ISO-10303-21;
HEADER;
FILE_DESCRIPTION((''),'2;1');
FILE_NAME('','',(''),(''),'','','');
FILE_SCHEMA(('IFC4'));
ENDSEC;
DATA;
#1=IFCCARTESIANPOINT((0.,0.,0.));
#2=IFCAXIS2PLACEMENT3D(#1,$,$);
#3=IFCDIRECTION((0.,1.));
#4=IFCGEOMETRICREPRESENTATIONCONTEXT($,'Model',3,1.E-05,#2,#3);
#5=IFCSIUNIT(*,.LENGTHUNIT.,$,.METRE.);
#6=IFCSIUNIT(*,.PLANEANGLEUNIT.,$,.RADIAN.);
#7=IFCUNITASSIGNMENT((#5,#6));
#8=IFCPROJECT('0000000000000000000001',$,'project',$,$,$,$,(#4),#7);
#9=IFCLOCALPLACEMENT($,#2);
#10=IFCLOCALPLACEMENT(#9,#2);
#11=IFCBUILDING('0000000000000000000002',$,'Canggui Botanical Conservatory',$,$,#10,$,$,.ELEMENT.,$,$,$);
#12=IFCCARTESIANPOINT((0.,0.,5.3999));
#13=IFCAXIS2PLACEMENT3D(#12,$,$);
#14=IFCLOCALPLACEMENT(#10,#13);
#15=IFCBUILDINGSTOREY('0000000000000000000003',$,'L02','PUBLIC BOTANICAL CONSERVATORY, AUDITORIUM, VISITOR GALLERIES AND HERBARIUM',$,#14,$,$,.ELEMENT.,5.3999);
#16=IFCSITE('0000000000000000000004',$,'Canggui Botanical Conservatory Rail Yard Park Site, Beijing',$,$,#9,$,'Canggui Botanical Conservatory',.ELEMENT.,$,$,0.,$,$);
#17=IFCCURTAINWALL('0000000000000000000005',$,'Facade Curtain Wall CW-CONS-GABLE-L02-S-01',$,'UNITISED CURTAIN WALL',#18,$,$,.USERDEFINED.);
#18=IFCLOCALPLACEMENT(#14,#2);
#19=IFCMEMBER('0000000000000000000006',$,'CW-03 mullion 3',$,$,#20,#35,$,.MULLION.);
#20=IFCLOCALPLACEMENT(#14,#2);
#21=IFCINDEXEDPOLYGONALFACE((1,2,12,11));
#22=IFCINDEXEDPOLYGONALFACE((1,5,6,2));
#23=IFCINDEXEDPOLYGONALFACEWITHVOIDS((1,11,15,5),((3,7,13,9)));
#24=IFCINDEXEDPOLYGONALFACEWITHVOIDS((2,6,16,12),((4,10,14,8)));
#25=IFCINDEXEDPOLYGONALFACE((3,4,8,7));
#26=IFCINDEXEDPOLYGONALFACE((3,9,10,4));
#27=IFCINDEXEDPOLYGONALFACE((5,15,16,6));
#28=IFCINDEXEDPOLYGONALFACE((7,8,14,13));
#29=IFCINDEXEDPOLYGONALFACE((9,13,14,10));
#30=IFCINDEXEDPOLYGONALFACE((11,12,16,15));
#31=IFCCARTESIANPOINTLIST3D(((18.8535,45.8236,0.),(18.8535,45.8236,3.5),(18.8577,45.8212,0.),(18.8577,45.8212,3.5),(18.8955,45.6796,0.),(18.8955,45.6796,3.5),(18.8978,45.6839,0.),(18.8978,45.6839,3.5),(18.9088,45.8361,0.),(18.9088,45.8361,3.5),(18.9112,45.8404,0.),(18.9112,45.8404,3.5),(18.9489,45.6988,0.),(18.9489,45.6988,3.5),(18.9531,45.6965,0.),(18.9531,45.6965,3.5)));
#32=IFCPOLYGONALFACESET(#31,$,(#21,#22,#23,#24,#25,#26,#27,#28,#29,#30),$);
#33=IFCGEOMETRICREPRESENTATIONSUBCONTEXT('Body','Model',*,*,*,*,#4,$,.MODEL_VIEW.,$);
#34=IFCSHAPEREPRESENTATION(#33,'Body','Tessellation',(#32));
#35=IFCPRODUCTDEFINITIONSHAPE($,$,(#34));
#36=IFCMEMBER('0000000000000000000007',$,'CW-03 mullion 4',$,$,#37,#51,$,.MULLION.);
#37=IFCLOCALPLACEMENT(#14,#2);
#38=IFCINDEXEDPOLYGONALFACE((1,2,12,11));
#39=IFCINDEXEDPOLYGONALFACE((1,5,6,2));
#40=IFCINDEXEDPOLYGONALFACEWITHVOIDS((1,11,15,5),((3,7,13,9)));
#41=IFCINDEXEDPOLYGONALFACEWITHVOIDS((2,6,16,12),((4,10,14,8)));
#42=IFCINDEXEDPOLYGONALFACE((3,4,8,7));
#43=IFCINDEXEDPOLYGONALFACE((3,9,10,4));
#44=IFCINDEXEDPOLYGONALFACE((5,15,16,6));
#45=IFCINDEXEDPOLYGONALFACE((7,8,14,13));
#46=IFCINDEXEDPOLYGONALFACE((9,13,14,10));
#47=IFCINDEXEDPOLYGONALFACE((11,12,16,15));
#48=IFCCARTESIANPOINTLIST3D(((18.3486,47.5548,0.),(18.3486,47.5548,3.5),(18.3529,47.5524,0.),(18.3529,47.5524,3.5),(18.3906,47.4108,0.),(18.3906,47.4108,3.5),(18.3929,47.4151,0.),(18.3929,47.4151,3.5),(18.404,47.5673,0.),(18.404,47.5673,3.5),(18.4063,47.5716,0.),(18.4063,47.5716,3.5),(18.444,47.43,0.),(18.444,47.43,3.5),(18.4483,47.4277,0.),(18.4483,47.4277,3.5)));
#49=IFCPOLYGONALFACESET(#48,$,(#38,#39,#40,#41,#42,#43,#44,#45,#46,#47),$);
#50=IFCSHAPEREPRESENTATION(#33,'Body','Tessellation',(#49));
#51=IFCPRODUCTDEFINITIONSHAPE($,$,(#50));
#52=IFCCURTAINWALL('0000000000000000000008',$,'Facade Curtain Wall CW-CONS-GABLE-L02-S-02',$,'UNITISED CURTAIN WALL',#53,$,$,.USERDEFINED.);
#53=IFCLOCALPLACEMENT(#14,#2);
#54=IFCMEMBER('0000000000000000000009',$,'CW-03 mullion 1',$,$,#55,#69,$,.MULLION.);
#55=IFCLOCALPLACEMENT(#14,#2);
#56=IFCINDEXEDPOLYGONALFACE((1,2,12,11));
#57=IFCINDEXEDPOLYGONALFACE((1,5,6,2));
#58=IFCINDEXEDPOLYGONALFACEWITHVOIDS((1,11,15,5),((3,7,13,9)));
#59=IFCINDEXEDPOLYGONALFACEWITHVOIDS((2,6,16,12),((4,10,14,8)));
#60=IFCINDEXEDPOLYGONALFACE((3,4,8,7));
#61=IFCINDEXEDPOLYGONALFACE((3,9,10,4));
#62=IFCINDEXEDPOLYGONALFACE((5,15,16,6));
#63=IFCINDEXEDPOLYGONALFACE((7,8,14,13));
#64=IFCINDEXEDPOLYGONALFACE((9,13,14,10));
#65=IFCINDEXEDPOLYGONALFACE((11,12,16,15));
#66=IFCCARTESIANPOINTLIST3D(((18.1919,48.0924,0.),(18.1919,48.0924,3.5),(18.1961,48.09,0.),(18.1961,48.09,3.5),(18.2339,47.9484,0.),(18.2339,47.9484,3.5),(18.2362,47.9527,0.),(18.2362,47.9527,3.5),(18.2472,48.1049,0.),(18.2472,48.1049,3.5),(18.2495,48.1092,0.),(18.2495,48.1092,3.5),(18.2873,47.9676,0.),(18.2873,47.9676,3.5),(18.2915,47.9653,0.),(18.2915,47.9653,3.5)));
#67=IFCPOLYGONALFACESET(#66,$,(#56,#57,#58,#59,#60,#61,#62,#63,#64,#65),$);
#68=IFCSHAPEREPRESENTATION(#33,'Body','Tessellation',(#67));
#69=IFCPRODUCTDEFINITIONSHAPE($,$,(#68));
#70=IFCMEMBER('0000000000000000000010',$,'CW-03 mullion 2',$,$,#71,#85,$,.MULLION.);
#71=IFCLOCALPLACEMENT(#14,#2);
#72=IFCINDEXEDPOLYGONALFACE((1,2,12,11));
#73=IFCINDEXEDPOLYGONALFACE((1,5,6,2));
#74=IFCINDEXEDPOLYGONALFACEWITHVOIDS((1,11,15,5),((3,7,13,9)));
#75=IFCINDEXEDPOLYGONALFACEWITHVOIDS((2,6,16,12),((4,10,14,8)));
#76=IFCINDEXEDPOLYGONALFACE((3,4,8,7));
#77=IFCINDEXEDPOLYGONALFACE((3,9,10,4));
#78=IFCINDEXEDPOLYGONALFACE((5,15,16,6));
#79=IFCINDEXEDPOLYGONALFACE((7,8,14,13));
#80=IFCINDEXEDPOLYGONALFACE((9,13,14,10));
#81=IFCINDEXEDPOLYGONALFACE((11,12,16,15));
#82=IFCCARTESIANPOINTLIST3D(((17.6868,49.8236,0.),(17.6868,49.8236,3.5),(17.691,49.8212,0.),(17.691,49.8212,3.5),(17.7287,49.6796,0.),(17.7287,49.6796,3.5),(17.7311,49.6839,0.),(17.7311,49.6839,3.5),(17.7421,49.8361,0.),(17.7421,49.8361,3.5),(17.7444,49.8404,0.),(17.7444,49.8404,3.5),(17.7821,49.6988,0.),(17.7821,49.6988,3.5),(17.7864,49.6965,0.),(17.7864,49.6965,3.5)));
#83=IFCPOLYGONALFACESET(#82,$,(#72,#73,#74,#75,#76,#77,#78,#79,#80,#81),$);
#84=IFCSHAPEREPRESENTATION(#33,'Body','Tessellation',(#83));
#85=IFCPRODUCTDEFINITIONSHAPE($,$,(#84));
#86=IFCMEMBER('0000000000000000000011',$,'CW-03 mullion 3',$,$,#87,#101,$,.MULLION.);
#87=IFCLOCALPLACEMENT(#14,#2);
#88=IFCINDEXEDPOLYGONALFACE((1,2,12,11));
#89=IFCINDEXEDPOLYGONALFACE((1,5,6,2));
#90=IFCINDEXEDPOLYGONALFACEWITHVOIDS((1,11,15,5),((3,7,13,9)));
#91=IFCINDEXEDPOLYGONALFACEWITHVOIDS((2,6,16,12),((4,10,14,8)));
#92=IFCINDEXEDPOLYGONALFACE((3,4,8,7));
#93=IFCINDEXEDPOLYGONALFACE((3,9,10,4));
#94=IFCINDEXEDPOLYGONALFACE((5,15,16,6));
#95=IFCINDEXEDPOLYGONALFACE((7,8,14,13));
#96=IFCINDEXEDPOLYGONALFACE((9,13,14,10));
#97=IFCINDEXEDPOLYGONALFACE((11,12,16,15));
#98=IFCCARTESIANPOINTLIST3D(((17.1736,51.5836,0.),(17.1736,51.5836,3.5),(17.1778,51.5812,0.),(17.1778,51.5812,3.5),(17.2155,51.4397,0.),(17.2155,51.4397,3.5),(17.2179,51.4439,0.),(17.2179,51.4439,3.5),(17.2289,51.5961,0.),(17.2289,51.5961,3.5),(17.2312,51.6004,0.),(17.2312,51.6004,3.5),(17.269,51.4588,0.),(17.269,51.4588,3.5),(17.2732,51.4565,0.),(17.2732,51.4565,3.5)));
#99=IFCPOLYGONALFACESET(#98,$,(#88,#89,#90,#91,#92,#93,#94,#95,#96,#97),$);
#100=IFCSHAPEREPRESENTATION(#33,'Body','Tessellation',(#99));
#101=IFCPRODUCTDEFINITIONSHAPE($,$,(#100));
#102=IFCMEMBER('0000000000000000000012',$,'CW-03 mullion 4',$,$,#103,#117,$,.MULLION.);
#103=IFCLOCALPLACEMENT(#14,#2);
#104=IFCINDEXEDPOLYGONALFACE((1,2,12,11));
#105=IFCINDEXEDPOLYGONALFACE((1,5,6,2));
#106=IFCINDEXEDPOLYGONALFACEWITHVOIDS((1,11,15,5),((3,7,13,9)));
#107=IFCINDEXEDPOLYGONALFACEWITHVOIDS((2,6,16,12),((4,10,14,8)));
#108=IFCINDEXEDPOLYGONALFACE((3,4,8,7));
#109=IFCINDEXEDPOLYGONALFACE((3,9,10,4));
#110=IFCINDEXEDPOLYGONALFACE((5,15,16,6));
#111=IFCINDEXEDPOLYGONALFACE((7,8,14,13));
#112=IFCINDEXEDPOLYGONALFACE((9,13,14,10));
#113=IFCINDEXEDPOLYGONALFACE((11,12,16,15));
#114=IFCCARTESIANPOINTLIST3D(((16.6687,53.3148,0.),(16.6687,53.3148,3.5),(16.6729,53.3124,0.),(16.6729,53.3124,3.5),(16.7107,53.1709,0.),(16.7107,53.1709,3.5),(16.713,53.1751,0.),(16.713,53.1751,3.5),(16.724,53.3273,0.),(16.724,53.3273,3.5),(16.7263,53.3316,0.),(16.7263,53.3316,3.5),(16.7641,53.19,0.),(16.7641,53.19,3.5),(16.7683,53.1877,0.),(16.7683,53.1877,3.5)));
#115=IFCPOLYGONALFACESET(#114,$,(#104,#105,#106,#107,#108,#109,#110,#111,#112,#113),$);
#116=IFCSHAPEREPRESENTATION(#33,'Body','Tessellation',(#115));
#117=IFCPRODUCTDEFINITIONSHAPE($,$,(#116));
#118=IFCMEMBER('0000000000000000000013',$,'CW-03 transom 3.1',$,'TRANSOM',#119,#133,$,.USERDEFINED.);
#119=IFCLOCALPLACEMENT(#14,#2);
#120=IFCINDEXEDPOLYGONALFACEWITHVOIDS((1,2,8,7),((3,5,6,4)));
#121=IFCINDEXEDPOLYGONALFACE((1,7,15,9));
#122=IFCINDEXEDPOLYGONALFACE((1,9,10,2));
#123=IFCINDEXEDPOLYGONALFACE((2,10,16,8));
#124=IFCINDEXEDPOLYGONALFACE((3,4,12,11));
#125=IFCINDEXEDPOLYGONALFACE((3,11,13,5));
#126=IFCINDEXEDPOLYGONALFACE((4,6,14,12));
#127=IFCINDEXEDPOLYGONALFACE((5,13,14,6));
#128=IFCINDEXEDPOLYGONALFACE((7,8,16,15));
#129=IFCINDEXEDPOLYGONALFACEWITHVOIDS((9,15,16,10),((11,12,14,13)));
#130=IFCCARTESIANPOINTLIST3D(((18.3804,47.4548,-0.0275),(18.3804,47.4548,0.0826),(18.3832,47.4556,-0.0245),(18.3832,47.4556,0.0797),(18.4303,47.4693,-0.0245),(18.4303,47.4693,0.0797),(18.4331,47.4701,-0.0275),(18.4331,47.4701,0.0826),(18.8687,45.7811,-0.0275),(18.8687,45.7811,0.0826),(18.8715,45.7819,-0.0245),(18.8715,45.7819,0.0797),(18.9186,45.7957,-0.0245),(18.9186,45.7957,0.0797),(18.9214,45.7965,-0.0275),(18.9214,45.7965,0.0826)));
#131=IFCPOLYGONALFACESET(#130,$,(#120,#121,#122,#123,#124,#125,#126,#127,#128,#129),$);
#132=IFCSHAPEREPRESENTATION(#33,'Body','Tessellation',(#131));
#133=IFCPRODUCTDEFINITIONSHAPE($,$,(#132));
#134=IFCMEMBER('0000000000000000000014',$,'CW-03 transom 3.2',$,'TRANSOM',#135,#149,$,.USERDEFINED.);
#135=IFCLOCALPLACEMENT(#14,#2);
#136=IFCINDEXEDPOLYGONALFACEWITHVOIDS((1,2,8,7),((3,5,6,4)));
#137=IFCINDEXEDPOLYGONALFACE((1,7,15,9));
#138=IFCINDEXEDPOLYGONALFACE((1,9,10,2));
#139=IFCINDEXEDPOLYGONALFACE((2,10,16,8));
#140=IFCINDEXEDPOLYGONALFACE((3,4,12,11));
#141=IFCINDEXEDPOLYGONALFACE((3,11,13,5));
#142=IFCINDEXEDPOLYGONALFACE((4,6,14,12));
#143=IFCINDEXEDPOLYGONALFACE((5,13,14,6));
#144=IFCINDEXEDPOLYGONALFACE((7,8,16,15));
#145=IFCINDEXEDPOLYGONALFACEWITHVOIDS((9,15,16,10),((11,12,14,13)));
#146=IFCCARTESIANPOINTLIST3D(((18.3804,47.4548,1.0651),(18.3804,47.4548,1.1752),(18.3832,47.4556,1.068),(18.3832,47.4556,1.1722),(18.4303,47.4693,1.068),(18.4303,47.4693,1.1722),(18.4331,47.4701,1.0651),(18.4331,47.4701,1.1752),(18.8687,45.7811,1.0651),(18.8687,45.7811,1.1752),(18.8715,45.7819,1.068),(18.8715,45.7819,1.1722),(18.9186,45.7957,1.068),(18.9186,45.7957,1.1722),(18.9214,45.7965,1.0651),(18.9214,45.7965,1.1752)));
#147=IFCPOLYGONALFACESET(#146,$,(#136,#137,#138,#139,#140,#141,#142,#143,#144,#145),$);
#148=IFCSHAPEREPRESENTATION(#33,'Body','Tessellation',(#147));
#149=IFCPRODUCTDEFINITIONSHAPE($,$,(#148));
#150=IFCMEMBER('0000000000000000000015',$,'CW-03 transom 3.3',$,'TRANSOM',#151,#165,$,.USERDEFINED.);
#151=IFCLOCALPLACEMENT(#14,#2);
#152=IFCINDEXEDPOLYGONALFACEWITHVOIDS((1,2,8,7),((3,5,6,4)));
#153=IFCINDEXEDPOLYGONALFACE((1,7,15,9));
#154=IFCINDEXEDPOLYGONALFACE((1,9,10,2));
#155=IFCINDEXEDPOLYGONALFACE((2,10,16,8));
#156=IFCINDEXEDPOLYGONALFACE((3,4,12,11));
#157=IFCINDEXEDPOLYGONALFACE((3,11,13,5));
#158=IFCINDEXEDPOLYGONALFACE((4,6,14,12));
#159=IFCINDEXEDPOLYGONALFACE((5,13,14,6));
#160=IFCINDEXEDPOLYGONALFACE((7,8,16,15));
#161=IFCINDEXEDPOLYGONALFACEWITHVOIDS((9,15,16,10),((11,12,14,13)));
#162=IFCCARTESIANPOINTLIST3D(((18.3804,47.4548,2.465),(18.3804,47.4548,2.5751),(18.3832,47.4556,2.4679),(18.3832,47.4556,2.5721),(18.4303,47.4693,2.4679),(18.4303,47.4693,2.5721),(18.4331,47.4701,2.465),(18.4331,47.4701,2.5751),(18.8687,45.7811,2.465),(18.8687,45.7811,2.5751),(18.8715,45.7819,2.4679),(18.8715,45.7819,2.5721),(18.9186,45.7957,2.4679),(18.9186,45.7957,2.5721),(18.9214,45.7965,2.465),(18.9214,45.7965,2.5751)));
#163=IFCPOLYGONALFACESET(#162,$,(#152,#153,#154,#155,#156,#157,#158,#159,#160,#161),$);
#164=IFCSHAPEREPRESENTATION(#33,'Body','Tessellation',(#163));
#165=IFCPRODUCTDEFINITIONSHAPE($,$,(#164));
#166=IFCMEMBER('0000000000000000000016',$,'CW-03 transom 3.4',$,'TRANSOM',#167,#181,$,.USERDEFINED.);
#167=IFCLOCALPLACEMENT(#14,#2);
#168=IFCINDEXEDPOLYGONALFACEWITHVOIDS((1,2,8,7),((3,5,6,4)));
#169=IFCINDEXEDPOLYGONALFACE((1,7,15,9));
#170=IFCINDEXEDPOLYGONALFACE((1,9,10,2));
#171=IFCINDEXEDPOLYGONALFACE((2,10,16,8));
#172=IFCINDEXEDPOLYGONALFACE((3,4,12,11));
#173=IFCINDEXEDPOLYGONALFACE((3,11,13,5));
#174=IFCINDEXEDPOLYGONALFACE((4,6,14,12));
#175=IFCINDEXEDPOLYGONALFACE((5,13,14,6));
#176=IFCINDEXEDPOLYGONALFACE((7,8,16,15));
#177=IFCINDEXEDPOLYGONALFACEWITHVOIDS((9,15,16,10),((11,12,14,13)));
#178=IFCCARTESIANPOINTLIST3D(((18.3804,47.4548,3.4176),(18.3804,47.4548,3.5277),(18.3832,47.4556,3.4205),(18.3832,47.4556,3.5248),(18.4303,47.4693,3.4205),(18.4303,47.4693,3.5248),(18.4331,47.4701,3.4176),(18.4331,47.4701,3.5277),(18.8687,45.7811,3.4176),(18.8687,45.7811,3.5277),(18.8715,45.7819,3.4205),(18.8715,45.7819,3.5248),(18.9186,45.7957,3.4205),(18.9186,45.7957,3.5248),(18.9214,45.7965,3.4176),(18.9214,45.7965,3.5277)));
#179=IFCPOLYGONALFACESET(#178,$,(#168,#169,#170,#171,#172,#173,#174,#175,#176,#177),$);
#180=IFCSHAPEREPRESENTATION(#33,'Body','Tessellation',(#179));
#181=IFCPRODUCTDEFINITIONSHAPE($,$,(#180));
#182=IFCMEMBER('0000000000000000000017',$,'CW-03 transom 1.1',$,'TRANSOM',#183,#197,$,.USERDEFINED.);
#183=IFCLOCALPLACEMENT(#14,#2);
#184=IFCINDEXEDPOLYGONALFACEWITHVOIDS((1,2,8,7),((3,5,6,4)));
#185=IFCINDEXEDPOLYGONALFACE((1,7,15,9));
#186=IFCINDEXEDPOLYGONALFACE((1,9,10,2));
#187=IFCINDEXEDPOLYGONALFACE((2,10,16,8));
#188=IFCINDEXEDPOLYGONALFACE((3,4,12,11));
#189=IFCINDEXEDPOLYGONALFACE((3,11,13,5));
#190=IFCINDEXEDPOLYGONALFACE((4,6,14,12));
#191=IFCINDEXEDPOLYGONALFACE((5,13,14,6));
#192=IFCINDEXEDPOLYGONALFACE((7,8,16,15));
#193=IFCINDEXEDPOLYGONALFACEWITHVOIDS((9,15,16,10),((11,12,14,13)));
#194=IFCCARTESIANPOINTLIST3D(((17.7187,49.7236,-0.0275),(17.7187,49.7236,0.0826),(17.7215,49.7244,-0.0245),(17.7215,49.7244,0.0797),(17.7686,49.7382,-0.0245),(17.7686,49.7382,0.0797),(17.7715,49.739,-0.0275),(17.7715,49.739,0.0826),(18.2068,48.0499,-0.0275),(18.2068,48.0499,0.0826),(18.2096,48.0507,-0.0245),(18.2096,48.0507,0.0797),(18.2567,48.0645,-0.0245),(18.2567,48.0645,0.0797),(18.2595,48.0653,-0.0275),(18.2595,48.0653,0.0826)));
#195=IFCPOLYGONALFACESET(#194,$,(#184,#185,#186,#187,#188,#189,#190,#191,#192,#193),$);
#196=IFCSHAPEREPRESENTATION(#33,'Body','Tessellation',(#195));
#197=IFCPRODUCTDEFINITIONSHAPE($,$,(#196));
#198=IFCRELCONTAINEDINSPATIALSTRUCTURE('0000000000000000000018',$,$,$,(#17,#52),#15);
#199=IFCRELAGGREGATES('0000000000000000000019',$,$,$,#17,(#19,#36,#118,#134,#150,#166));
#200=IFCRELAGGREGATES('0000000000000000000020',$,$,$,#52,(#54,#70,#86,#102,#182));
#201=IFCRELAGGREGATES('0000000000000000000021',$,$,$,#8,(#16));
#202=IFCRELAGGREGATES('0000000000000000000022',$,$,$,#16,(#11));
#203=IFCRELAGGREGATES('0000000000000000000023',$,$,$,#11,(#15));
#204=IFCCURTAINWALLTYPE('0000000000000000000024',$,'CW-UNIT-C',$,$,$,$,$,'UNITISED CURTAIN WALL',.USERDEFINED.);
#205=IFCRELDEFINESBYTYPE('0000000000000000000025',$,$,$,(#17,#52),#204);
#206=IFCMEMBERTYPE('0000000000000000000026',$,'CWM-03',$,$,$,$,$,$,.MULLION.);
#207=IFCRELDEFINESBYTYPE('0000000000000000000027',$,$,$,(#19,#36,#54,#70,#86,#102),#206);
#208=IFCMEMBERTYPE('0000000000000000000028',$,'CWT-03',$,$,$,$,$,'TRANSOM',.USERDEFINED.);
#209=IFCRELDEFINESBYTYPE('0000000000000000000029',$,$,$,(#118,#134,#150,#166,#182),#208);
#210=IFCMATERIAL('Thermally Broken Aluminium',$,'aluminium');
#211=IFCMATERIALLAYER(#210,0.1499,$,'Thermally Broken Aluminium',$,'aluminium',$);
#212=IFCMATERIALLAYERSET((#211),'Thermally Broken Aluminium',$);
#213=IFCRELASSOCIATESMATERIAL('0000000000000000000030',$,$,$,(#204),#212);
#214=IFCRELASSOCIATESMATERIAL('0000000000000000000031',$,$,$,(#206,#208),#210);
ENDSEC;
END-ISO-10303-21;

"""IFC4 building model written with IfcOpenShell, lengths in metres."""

from ifc_helpers import new_model, si_unit, direction, frame, origin, origin_2d, place, context, subcontext, project, spatial, hollow_rectangle, extrude, material, layer, layer_set, material_profile, profile_set, type_object, element, aggregate, save


model = new_model("IFC4")

# Units and contexts
model_context = context("Model", 3, precision=1e-05, world=origin(), true_north=direction((0.0, 1.0)))
body_context = subcontext(model_context, "Body", "Model", "MODEL_VIEW")
ifc_project = project(units=[si_unit("LENGTHUNIT", "METRE"), si_unit("PLANEANGLEUNIT", "RADIAN")], contexts=[model_context])

# Site, building, storey
site_placement = place(None, origin())
site = spatial("IfcSite", under=ifc_project, at=site_placement, Name="Canggui Botanical Conservatory Rail Yard Park Site, Beijing", LongName="Canggui Botanical Conservatory", CompositionType="ELEMENT", RefElevation=0.0)
building_placement = place(site_placement, origin())
building = spatial("IfcBuilding", under=site, at=building_placement, Name="Canggui Botanical Conservatory", CompositionType="ELEMENT")
storey_placement = place(building_placement, frame((0.0, 0.0, 5.3999)))
storey = spatial("IfcBuildingStorey", under=building, at=storey_placement, Name="L02", Description="PUBLIC BOTANICAL CONSERVATORY, AUDITORIUM, VISITOR GALLERIES AND HERBARIUM", CompositionType="ELEMENT", Elevation=5.3999)

# Curtain walls, members
ifc_material_1 = material(Name="Thermally Broken Aluminium", Category="aluminium")
ifc_layer_1 = layer(ifc_material_1, 0.1499, Name="Thermally Broken Aluminium", Category="aluminium")
ifc_layer_set_1 = layer_set([ifc_layer_1], Name="Thermally Broken Aluminium")
curtain_wall_type = type_object("IfcCurtainWallType", Name="CW-UNIT-C", ElementType="UNITISED CURTAIN WALL", PredefinedType="USERDEFINED", material=ifc_layer_set_1)
curtain_wall_1_placement = place(storey_placement, origin())
curtain_wall_1 = element("IfcCurtainWall", 1, at=curtain_wall_1_placement, inside=storey, type_object=curtain_wall_type, Name="Facade Curtain Wall CW-CONS-GABLE-L02-S-01", ObjectType="UNITISED CURTAIN WALL", PredefinedType="USERDEFINED")
ifc_material_profile_1 = material_profile(ifc_material_1, hollow_rectangle(XDim=0.0601, YDim=0.1499, WallThickness=0.0034, at=origin_2d()), Name="CWM 60x150x3.5")
ifc_profile_set_1 = profile_set([ifc_material_profile_1], Name="Thermally Broken Aluminium")
member_type_1 = type_object("IfcMemberType", Name="CWM-03", PredefinedType="MULLION", material=ifc_profile_set_1)
member_1_placement = place(storey_placement, frame((18.9033, 45.76, 0.0), z_axis=(0.0, 0.0, 1.0), x_axis=(-0.96, -0.28, 0.0)))
member_1 = element("IfcMember", 2, at=member_1_placement, type_object=member_type_1, Name="CW-03 mullion 3", PredefinedType="MULLION", context=body_context, shape_type="SweptSolid", body=[
    extrude(hollow_rectangle(XDim=0.0601, YDim=0.1499, WallThickness=0.0034, at=origin_2d()), origin(), (0.0, 0.0, 1.0), 3.5),
])
member_2_placement = place(storey_placement, frame((18.3984, 47.4912, 0.0), z_axis=(0.0, 0.0, 1.0), x_axis=(-0.96, -0.28, 0.0)))
member_2 = element("IfcMember", 3, at=member_2_placement, type_object=member_type_1, Name="CW-03 mullion 4", PredefinedType="MULLION", context=body_context, shape_type="SweptSolid", body=[
    extrude(hollow_rectangle(XDim=0.0601, YDim=0.1499, WallThickness=0.0034, at=origin_2d()), origin(), (0.0, 0.0, 1.0), 3.5),
])
curtain_wall_2_placement = place(storey_placement, origin())
curtain_wall_2 = element("IfcCurtainWall", 4, at=curtain_wall_2_placement, inside=storey, type_object=curtain_wall_type, Name="Facade Curtain Wall CW-CONS-GABLE-L02-S-02", ObjectType="UNITISED CURTAIN WALL", PredefinedType="USERDEFINED")
member_3_placement = place(storey_placement, frame((18.2417, 48.0288, 0.0), z_axis=(0.0, 0.0, 1.0), x_axis=(-0.96, -0.28, 0.0)))
member_3 = element("IfcMember", 5, at=member_3_placement, type_object=member_type_1, Name="CW-03 mullion 1", PredefinedType="MULLION", context=body_context, shape_type="SweptSolid", body=[
    extrude(hollow_rectangle(XDim=0.0601, YDim=0.1499, WallThickness=0.0034, at=origin_2d()), origin(), (0.0, 0.0, 1.0), 3.5),
])
member_4_placement = place(storey_placement, frame((17.7366, 49.76, 0.0), z_axis=(0.0, 0.0, 1.0), x_axis=(-0.96, -0.28, 0.0)))
member_4 = element("IfcMember", 6, at=member_4_placement, type_object=member_type_1, Name="CW-03 mullion 2", PredefinedType="MULLION", context=body_context, shape_type="SweptSolid", body=[
    extrude(hollow_rectangle(XDim=0.0601, YDim=0.1499, WallThickness=0.0034, at=origin_2d()), origin(), (0.0, 0.0, 1.0), 3.5),
])
member_5_placement = place(storey_placement, frame((17.2234, 51.52, 0.0), z_axis=(0.0, 0.0, 1.0), x_axis=(-0.96, -0.28, 0.0)))
member_5 = element("IfcMember", 7, at=member_5_placement, type_object=member_type_1, Name="CW-03 mullion 3", PredefinedType="MULLION", context=body_context, shape_type="SweptSolid", body=[
    extrude(hollow_rectangle(XDim=0.0601, YDim=0.1499, WallThickness=0.0034, at=origin_2d()), origin(), (0.0, 0.0, 1.0), 3.5),
])
member_6_placement = place(storey_placement, frame((16.7185, 53.2512, 0.0), z_axis=(0.0, 0.0, 1.0), x_axis=(-0.96, -0.28, 0.0)))
member_6 = element("IfcMember", 8, at=member_6_placement, type_object=member_type_1, Name="CW-03 mullion 4", PredefinedType="MULLION", context=body_context, shape_type="SweptSolid", body=[
    extrude(hollow_rectangle(XDim=0.0601, YDim=0.1499, WallThickness=0.0034, at=origin_2d()), origin(), (0.0, 0.0, 1.0), 3.5),
])

# Members
ifc_material_profile_2 = material_profile(ifc_material_1, hollow_rectangle(XDim=0.0549, YDim=0.1101, WallThickness=0.0029, at=origin_2d()), Name="CWT 55x110x3")
ifc_profile_set_2 = profile_set([ifc_material_profile_2], Name="Thermally Broken Aluminium")
member_type_2 = type_object("IfcMemberType", Name="CWT-03", ElementType="TRANSOM", PredefinedType="USERDEFINED", material=ifc_profile_set_2)
member_7_placement = place(storey_placement, frame((18.895, 45.7888, 0.0276), z_axis=(-0.280081, 0.959976, 0.0), x_axis=(-0.959976, -0.280081, 0.0)))
member_7 = element("IfcMember", 9, at=member_7_placement, type_object=member_type_2, Name="CW-03 transom 3.1", ObjectType="TRANSOM", PredefinedType="USERDEFINED", context=body_context, shape_type="SweptSolid", body=[
    extrude(hollow_rectangle(XDim=0.0549, YDim=0.1101, WallThickness=0.0029, at=origin_2d()), origin(), (0.0, 0.0, 1.0), 1.7434),
])
member_8_placement = place(storey_placement, frame((18.895, 45.7888, 1.1201), z_axis=(-0.280081, 0.959976, 0.0), x_axis=(-0.959976, -0.280081, 0.0)))
member_8 = element("IfcMember", 10, at=member_8_placement, type_object=member_type_2, Name="CW-03 transom 3.2", ObjectType="TRANSOM", PredefinedType="USERDEFINED", context=body_context, shape_type="SweptSolid", body=[
    extrude(hollow_rectangle(XDim=0.0549, YDim=0.1101, WallThickness=0.0029, at=origin_2d()), origin(), (0.0, 0.0, 1.0), 1.7434),
])
member_9_placement = place(storey_placement, frame((18.895, 45.7888, 2.52), z_axis=(-0.280081, 0.959976, 0.0), x_axis=(-0.959976, -0.280081, 0.0)))
member_9 = element("IfcMember", 11, at=member_9_placement, type_object=member_type_2, Name="CW-03 transom 3.3", ObjectType="TRANSOM", PredefinedType="USERDEFINED", context=body_context, shape_type="SweptSolid", body=[
    extrude(hollow_rectangle(XDim=0.0549, YDim=0.1101, WallThickness=0.0029, at=origin_2d()), origin(), (0.0, 0.0, 1.0), 1.7434),
])
member_10_placement = place(storey_placement, frame((18.895, 45.7888, 3.4727), z_axis=(-0.280081, 0.959976, 0.0), x_axis=(-0.959976, -0.280081, 0.0)))
member_10 = element("IfcMember", 12, at=member_10_placement, type_object=member_type_2, Name="CW-03 transom 3.4", ObjectType="TRANSOM", PredefinedType="USERDEFINED", context=body_context, shape_type="SweptSolid", body=[
    extrude(hollow_rectangle(XDim=0.0549, YDim=0.1101, WallThickness=0.0029, at=origin_2d()), origin(), (0.0, 0.0, 1.0), 1.7434),
])
member_11_placement = place(storey_placement, frame((18.2332, 48.0576, 0.0276), z_axis=(-0.279952, 0.960014, 0.0), x_axis=(-0.960014, -0.279952, 0.0)))
member_11 = element("IfcMember", 13, at=member_11_placement, type_object=member_type_2, Name="CW-03 transom 1.1", ObjectType="TRANSOM", PredefinedType="USERDEFINED", context=body_context, shape_type="SweptSolid", body=[
    extrude(hollow_rectangle(XDim=0.0549, YDim=0.1101, WallThickness=0.0029, at=origin_2d()), origin(), (0.0, 0.0, 1.0), 1.7434),
])

aggregate(curtain_wall_1, [member_1, member_2, member_7, member_8, member_9, member_10])
aggregate(curtain_wall_2, [member_3, member_4, member_5, member_6, member_11])

save(model, "model.ifc")
